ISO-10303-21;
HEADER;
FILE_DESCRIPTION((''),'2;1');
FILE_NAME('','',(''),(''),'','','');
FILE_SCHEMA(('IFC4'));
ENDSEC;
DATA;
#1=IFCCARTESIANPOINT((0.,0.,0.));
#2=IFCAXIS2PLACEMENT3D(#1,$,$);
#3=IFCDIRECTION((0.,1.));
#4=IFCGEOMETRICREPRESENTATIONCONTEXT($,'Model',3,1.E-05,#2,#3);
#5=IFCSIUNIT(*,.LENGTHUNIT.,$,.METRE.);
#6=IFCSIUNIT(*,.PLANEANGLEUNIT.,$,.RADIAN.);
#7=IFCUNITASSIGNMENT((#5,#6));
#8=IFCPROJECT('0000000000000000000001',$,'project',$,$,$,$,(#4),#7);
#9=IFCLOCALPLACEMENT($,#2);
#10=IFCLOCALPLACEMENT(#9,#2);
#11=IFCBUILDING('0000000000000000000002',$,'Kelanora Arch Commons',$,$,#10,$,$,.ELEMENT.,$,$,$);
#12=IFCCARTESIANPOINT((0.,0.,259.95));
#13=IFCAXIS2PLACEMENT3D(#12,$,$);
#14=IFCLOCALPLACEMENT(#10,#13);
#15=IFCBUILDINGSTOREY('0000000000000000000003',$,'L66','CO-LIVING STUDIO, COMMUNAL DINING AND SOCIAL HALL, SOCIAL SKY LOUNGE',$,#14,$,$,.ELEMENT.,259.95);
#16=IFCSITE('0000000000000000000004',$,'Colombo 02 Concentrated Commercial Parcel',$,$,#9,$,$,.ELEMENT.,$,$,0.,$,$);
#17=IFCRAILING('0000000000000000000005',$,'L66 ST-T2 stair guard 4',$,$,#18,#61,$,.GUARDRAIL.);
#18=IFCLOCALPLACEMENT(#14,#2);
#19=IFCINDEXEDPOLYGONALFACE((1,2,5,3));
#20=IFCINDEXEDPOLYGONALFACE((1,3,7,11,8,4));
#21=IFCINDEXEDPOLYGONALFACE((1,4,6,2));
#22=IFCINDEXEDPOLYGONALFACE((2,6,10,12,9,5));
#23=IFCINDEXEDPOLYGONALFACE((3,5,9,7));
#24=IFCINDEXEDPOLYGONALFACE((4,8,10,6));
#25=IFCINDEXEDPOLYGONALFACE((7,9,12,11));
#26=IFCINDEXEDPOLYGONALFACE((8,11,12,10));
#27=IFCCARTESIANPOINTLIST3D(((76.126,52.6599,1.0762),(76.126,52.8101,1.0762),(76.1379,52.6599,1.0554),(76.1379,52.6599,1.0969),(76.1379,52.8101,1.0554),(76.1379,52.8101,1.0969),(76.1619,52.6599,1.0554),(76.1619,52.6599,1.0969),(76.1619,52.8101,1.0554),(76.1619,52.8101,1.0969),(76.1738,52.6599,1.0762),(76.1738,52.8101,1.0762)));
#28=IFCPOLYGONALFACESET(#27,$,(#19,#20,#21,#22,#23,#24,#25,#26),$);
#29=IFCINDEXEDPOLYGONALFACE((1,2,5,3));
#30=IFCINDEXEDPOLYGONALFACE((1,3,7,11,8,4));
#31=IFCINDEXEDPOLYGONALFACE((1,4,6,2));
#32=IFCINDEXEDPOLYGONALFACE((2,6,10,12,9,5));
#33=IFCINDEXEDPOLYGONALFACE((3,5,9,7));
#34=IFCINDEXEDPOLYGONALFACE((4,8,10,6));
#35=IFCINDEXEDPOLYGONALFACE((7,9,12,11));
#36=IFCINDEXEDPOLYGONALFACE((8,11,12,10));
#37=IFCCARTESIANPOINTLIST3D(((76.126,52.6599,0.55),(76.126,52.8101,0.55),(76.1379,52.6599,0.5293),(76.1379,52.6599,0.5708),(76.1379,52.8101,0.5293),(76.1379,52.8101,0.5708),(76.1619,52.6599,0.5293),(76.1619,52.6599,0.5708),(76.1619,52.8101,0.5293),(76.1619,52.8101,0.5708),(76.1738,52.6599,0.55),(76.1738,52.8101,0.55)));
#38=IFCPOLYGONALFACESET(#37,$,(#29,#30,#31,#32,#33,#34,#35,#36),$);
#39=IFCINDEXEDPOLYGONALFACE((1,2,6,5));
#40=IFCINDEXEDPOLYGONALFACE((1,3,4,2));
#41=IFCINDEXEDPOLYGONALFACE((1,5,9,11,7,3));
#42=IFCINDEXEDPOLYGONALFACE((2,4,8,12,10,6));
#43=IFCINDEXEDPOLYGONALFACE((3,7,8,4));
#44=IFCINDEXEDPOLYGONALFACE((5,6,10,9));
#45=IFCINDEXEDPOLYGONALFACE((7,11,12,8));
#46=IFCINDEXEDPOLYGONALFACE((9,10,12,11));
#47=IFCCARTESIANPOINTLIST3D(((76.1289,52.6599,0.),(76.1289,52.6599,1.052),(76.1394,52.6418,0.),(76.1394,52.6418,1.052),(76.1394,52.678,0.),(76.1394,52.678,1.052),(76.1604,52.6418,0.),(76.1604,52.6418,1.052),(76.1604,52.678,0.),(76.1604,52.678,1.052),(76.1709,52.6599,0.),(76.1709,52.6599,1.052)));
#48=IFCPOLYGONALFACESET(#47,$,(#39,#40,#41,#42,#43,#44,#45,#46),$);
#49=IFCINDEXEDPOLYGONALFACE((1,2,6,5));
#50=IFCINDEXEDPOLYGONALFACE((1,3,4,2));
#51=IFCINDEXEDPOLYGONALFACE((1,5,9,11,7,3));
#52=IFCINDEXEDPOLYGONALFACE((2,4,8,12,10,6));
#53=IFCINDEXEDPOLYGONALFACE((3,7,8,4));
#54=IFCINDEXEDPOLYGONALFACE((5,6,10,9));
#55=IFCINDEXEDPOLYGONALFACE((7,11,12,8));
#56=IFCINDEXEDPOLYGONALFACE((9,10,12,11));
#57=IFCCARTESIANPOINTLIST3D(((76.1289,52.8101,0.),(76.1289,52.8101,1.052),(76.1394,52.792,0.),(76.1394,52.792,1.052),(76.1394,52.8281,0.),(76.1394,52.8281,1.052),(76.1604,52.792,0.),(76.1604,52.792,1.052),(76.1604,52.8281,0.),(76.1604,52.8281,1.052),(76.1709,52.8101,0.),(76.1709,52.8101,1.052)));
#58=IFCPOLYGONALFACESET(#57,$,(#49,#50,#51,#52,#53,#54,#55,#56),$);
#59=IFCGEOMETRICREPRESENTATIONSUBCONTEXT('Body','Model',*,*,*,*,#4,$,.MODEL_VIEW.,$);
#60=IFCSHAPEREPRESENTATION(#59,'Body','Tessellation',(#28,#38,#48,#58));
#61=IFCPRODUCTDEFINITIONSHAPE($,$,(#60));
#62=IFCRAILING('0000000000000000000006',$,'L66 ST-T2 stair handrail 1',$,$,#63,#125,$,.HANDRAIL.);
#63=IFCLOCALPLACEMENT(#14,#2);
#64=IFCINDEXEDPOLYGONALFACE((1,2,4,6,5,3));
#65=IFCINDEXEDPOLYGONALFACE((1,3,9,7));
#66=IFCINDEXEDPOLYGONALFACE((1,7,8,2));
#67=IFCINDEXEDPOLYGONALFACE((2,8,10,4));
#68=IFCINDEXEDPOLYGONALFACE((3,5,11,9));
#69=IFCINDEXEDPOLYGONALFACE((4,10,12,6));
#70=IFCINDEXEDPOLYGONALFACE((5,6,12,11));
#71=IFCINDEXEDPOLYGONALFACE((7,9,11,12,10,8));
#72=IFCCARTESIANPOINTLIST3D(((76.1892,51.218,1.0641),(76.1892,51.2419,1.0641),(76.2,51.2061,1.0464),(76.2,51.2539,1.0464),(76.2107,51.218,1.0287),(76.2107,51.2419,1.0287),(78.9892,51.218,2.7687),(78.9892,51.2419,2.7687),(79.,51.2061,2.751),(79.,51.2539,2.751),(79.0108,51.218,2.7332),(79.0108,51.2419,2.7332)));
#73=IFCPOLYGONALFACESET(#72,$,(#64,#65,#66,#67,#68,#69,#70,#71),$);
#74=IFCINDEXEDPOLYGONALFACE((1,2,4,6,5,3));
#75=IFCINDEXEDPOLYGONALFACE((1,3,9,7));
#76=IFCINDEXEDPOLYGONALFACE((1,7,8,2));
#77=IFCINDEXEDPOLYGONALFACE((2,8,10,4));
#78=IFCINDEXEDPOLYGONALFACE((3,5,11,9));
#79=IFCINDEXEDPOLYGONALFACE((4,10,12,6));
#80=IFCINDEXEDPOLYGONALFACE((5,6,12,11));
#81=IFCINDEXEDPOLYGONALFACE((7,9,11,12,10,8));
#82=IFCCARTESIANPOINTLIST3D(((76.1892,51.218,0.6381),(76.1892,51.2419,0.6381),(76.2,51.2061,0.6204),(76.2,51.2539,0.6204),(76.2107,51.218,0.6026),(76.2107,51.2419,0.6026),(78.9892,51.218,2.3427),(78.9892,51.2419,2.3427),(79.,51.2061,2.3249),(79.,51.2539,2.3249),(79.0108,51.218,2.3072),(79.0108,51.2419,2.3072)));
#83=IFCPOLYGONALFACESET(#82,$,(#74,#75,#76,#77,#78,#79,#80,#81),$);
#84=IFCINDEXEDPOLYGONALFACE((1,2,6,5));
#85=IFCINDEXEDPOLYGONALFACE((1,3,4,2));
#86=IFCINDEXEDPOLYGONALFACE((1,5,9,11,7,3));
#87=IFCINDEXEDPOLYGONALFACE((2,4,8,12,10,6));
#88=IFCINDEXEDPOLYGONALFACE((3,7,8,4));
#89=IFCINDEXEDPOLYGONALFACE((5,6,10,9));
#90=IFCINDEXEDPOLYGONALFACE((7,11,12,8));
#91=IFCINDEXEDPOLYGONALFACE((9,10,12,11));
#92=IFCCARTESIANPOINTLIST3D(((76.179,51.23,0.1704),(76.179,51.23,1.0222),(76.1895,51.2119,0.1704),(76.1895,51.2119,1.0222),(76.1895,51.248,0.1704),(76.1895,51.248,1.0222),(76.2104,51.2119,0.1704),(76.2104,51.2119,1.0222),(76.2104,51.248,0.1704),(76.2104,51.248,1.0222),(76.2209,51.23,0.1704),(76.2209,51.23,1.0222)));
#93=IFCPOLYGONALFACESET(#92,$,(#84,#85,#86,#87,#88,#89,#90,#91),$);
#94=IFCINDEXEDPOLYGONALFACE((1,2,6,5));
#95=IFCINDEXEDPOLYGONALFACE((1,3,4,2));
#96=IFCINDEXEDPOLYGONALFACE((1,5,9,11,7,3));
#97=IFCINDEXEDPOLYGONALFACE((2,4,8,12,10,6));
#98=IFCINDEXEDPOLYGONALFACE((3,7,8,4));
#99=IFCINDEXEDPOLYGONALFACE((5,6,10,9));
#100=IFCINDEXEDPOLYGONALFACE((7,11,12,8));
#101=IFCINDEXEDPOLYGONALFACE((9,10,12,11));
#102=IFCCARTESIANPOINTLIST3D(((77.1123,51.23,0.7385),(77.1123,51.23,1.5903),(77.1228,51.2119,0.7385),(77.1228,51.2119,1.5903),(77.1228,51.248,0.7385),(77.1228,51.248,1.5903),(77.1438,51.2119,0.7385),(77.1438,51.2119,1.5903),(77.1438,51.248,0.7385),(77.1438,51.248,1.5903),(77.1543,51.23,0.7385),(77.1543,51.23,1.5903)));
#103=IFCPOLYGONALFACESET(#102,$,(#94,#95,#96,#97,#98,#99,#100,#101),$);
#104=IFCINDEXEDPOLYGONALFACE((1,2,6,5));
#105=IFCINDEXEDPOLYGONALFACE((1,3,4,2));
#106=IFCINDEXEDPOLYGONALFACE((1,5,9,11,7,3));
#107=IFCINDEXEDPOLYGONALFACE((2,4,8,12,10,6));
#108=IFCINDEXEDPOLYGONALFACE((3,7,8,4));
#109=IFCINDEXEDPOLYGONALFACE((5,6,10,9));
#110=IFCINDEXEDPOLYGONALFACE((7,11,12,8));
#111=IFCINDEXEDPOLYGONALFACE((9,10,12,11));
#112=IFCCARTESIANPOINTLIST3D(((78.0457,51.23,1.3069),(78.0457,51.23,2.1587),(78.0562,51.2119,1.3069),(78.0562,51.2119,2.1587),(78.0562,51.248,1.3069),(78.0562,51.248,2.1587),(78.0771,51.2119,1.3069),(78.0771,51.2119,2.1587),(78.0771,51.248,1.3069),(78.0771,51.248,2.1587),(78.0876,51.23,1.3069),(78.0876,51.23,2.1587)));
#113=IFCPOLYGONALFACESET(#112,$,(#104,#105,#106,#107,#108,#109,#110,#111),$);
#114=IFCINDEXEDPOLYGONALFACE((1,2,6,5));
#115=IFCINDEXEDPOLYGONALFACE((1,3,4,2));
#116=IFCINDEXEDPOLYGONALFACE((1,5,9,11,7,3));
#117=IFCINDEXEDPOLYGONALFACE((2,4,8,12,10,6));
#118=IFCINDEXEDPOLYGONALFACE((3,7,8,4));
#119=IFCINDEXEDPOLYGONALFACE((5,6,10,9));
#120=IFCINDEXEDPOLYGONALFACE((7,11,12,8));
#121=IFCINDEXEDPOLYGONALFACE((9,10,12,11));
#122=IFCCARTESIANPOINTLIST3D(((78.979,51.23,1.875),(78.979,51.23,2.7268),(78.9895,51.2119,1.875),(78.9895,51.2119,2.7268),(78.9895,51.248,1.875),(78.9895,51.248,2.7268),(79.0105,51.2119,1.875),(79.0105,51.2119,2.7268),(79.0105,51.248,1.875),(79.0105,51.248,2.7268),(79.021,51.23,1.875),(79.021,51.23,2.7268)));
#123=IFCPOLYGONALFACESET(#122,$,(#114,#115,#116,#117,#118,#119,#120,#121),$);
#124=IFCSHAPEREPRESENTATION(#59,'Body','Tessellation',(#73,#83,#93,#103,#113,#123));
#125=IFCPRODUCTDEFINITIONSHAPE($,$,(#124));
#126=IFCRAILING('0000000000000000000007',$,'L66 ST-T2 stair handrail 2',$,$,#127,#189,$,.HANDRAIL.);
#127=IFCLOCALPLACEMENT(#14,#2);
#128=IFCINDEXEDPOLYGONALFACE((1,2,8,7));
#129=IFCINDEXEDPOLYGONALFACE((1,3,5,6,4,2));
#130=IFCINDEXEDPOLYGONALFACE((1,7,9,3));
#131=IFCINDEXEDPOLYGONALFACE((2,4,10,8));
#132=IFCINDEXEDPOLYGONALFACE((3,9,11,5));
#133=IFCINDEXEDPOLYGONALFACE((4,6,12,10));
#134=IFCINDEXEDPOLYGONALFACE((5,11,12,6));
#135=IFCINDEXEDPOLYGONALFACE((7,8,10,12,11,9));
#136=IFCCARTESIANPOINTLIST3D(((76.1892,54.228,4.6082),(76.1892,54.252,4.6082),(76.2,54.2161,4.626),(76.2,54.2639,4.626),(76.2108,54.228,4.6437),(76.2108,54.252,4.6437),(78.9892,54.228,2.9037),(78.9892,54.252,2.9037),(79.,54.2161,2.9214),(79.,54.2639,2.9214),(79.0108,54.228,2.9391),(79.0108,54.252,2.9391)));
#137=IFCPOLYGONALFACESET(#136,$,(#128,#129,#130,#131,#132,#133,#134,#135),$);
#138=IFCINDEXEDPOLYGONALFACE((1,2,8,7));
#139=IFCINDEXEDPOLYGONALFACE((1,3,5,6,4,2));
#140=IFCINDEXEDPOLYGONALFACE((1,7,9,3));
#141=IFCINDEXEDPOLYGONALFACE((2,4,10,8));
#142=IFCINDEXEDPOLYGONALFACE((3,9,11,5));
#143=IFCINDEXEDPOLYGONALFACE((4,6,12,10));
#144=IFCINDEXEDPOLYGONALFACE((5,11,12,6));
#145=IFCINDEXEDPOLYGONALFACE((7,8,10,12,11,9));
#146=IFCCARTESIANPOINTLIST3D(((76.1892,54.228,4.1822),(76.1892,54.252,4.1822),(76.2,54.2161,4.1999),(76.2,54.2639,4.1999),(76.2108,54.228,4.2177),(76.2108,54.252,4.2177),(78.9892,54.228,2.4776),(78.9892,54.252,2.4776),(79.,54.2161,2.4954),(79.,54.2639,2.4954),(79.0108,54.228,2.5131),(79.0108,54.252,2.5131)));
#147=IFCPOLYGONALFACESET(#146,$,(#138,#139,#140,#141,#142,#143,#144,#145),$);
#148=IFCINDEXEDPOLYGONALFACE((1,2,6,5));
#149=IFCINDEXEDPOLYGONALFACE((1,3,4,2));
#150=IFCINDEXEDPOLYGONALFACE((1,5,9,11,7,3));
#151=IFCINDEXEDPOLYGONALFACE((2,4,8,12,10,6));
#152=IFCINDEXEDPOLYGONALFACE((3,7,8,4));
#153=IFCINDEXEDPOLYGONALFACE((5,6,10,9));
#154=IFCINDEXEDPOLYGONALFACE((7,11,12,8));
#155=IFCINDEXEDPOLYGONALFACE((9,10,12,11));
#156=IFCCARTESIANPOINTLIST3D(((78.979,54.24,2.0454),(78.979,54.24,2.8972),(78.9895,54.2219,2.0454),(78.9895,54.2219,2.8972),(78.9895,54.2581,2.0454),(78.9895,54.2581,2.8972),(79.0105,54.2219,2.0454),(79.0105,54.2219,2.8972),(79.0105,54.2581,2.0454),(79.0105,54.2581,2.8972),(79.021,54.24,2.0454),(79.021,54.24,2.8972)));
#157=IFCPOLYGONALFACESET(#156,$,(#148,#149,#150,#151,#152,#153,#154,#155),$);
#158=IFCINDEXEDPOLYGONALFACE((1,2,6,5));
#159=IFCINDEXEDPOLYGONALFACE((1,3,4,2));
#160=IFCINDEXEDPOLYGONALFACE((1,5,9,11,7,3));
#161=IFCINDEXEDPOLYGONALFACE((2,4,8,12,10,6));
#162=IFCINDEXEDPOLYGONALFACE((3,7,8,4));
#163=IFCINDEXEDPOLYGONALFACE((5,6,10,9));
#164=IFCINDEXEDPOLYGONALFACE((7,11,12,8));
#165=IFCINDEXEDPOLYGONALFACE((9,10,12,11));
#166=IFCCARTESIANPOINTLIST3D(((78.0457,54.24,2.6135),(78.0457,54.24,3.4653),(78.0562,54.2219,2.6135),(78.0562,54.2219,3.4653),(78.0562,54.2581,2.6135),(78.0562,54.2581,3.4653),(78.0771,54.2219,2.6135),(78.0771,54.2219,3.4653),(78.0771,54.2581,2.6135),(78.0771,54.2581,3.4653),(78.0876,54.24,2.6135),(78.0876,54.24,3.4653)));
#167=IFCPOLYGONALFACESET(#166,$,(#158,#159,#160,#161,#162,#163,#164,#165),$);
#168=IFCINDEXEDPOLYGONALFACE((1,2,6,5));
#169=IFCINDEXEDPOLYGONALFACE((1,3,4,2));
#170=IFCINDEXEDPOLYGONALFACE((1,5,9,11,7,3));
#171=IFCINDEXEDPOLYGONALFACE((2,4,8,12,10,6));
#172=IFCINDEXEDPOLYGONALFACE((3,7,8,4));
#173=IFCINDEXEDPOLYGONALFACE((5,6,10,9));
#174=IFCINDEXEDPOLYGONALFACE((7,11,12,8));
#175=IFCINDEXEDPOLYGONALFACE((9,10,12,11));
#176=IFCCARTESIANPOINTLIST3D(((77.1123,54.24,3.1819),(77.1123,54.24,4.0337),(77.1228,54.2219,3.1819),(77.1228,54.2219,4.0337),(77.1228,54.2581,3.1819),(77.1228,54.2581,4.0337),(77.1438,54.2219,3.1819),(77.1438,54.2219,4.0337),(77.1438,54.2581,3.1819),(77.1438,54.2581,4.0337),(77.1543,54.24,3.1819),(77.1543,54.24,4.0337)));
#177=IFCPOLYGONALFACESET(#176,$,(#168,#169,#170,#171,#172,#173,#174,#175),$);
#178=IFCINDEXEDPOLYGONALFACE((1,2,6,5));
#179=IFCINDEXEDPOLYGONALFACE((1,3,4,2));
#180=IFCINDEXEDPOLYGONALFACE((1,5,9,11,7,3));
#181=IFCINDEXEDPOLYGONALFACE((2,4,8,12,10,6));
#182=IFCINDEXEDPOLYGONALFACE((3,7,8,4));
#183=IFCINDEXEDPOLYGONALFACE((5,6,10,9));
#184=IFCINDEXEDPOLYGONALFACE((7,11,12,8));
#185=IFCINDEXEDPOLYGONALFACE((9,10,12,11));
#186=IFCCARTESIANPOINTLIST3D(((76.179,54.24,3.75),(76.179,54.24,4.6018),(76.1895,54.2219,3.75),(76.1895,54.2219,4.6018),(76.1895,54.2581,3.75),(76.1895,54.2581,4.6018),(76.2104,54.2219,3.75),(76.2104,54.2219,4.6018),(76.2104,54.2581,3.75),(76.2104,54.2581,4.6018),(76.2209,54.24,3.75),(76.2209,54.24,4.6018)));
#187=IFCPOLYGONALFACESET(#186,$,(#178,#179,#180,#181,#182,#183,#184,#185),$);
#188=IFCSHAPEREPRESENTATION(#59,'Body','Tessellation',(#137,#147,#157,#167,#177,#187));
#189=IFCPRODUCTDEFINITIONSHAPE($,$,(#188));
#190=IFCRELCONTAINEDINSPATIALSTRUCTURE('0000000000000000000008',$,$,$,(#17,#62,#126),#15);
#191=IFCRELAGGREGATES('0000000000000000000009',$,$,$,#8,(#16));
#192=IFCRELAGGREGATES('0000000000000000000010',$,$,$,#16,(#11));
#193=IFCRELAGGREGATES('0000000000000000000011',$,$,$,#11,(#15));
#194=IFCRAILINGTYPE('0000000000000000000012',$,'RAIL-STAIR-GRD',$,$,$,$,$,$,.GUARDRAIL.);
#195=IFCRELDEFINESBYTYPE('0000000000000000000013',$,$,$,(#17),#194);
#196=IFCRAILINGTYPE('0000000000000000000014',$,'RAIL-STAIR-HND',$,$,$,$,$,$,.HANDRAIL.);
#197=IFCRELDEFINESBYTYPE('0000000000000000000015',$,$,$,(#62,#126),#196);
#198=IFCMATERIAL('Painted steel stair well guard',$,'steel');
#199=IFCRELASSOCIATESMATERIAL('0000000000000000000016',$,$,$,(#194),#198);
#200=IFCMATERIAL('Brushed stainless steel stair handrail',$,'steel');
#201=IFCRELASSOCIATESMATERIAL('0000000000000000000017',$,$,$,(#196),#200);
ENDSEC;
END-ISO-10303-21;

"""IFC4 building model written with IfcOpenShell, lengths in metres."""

from ifc_helpers import new_model, si_unit, direction, frame, origin, place, context, subcontext, project, spatial, polyline, outline, extrude, material, type_object, element, save


model = new_model("IFC4")

# Units and contexts
model_context = context("Model", 3, precision=1e-05, world=origin(), true_north=direction((0.0, 1.0)))
body_context = subcontext(model_context, "Body", "Model", "MODEL_VIEW")
ifc_project = project(units=[si_unit("LENGTHUNIT", "METRE"), si_unit("PLANEANGLEUNIT", "RADIAN")], contexts=[model_context])

# Site, building, storey
site_placement = place(None, origin())
site = spatial("IfcSite", under=ifc_project, at=site_placement, Name="Colombo 02 Concentrated Commercial Parcel", CompositionType="ELEMENT", RefElevation=0.0)
building_placement = place(site_placement, origin())
building = spatial("IfcBuilding", under=site, at=building_placement, Name="Kelanora Arch Commons", CompositionType="ELEMENT")
storey_placement = place(building_placement, frame((0.0, 0.0, 259.95)))
storey = spatial("IfcBuildingStorey", under=building, at=storey_placement, Name="L66", Description="CO-LIVING STUDIO, COMMUNAL DINING AND SOCIAL HALL, SOCIAL SKY LOUNGE", CompositionType="ELEMENT", Elevation=259.95)

# Railings
ifc_material_1 = material(Name="Painted steel stair well guard", Category="steel")
railing_type_1 = type_object("IfcRailingType", Name="RAIL-STAIR-GRD", PredefinedType="GUARDRAIL", material=ifc_material_1)
railing_1_placement = place(storey_placement, frame((76.1499, 52.6599, 0.0)))
element("IfcRailing", 1, at=railing_1_placement, inside=storey, type_object=railing_type_1, Name="L66 ST-T2 stair guard 4", PredefinedType="GUARDRAIL", context=body_context, shape_type="SweptSolid", body=[
    extrude(outline(polyline([(0.0239, 0.0), (0.012, 0.0208), (-0.012, 0.0208), (-0.0239, 0.0), (-0.012, -0.0208), (0.012, -0.0208), (0.0239, 0.0)])), frame((0.0, 0.0, 1.0762), z_axis=(0.0, 1.0, 0.0), x_axis=(-1.0, 0.0, 0.0)), (0.0, 0.0, 1.0), 0.1501),
    extrude(outline(polyline([(0.0239, 0.0), (0.012, 0.0208), (-0.012, 0.0208), (-0.0239, 0.0), (-0.012, -0.0208), (0.012, -0.0208), (0.0239, 0.0)])), frame((0.0, 0.0, 0.55), z_axis=(0.0, 1.0, 0.0), x_axis=(-1.0, 0.0, 0.0)), (0.0, 0.0, 1.0), 0.1501),
    extrude(outline(polyline([(0.021, 0.0), (0.0105, 0.0181), (-0.0105, 0.0181), (-0.021, 0.0), (-0.0105, -0.0181), (0.0105, -0.0181), (0.021, 0.0)])), origin(), (0.0, 0.0, 1.0), 1.052),
    extrude(outline(polyline([(0.021, 0.0), (0.0105, 0.0181), (-0.0105, 0.0181), (-0.021, 0.0), (-0.0105, -0.0181), (0.0105, -0.0181), (0.021, 0.0)])), frame((0.0, 0.1501, 0.0)), (0.0, 0.0, 1.0), 1.052),
])
ifc_material_2 = material(Name="Brushed stainless steel stair handrail", Category="steel")
railing_type_2 = type_object("IfcRailingType", Name="RAIL-STAIR-HND", PredefinedType="HANDRAIL", material=ifc_material_2)
railing_2_placement = place(storey_placement, frame((76.2, 51.23, 0.1704)))
element("IfcRailing", 2, at=railing_2_placement, inside=storey, type_object=railing_type_2, Name="L66 ST-T2 stair handrail 1", PredefinedType="HANDRAIL", context=body_context, shape_type="SweptSolid", body=[
    extrude(outline(polyline([(0.0239, 0.0), (0.012, 0.0208), (-0.012, 0.0208), (-0.0239, 0.0), (-0.012, -0.0208), (0.012, -0.0208), (0.0239, 0.0)])), frame((0.0, 0.0, 0.876), z_axis=(0.85417, 0.0, 0.519994), x_axis=(0.0, 1.0, 0.0)), (0.0, 0.0, 1.0), 3.2781),
    extrude(outline(polyline([(0.0239, 0.0), (0.012, 0.0208), (-0.012, 0.0208), (-0.0239, 0.0), (-0.012, -0.0208), (0.012, -0.0208), (0.0239, 0.0)])), frame((0.0, 0.0, 0.45), z_axis=(0.85417, 0.0, 0.519994), x_axis=(0.0, 1.0, 0.0)), (0.0, 0.0, 1.0), 3.2781),
    extrude(outline(polyline([(0.021, 0.0), (0.0105, 0.0181), (-0.0105, 0.0181), (-0.021, 0.0), (-0.0105, -0.0181), (0.0105, -0.0181), (0.021, 0.0)])), origin(), (0.0, 0.0, 1.0), 0.8518),
    extrude(outline(polyline([(0.021, 0.0), (0.0105, 0.0181), (-0.0105, 0.0181), (-0.021, 0.0), (-0.0105, -0.0181), (0.0105, -0.0181), (0.021, 0.0)])), frame((0.9333, 0.0, 0.5681)), (0.0, 0.0, 1.0), 0.8518),
    extrude(outline(polyline([(0.021, 0.0), (0.0105, 0.0181), (-0.0105, 0.0181), (-0.021, 0.0), (-0.0105, -0.0181), (0.0105, -0.0181), (0.021, 0.0)])), frame((1.8667, 0.0, 1.1365)), (0.0, 0.0, 1.0), 0.8518),
    extrude(outline(polyline([(0.021, 0.0), (0.0105, 0.0181), (-0.0105, 0.0181), (-0.021, 0.0), (-0.0105, -0.0181), (0.0105, -0.0181), (0.021, 0.0)])), frame((2.8, 0.0, 1.7046)), (0.0, 0.0, 1.0), 0.8518),
])
railing_3_placement = place(storey_placement, frame((79.0, 54.24, 2.0454)))
element("IfcRailing", 3, at=railing_3_placement, inside=storey, type_object=railing_type_2, Name="L66 ST-T2 stair handrail 2", PredefinedType="HANDRAIL", context=body_context, shape_type="SweptSolid", body=[
    extrude(outline(polyline([(0.0239, 0.0), (0.012, 0.0208), (-0.012, 0.0208), (-0.0239, 0.0), (-0.012, -0.0208), (0.012, -0.0208), (0.0239, 0.0)])), frame((0.0, 0.0, 0.876), z_axis=(-0.85417, 0.0, 0.519994), x_axis=(0.0, -1.0, 0.0)), (0.0, 0.0, 1.0), 3.2781),
    extrude(outline(polyline([(0.0239, 0.0), (0.012, 0.0208), (-0.012, 0.0208), (-0.0239, 0.0), (-0.012, -0.0208), (0.012, -0.0208), (0.0239, 0.0)])), frame((0.0, 0.0, 0.45), z_axis=(-0.85417, 0.0, 0.519994), x_axis=(0.0, -1.0, 0.0)), (0.0, 0.0, 1.0), 3.2781),
    extrude(outline(polyline([(0.021, 0.0), (0.0105, 0.0181), (-0.0105, 0.0181), (-0.021, 0.0), (-0.0105, -0.0181), (0.0105, -0.0181), (0.021, 0.0)])), origin(), (0.0, 0.0, 1.0), 0.8518),
    extrude(outline(polyline([(0.021, 0.0), (0.0105, 0.0181), (-0.0105, 0.0181), (-0.021, 0.0), (-0.0105, -0.0181), (0.0105, -0.0181), (0.021, 0.0)])), frame((-0.9333, 0.0, 0.5681)), (0.0, 0.0, 1.0), 0.8518),
    extrude(outline(polyline([(0.021, 0.0), (0.0105, 0.0181), (-0.0105, 0.0181), (-0.021, 0.0), (-0.0105, -0.0181), (0.0105, -0.0181), (0.021, 0.0)])), frame((-1.8667, 0.0, 1.1365)), (0.0, 0.0, 1.0), 0.8518),
    extrude(outline(polyline([(0.021, 0.0), (0.0105, 0.0181), (-0.0105, 0.0181), (-0.021, 0.0), (-0.0105, -0.0181), (0.0105, -0.0181), (0.021, 0.0)])), frame((-2.8, 0.0, 1.7046)), (0.0, 0.0, 1.0), 0.8518),
])

save(model, "model.ifc")
